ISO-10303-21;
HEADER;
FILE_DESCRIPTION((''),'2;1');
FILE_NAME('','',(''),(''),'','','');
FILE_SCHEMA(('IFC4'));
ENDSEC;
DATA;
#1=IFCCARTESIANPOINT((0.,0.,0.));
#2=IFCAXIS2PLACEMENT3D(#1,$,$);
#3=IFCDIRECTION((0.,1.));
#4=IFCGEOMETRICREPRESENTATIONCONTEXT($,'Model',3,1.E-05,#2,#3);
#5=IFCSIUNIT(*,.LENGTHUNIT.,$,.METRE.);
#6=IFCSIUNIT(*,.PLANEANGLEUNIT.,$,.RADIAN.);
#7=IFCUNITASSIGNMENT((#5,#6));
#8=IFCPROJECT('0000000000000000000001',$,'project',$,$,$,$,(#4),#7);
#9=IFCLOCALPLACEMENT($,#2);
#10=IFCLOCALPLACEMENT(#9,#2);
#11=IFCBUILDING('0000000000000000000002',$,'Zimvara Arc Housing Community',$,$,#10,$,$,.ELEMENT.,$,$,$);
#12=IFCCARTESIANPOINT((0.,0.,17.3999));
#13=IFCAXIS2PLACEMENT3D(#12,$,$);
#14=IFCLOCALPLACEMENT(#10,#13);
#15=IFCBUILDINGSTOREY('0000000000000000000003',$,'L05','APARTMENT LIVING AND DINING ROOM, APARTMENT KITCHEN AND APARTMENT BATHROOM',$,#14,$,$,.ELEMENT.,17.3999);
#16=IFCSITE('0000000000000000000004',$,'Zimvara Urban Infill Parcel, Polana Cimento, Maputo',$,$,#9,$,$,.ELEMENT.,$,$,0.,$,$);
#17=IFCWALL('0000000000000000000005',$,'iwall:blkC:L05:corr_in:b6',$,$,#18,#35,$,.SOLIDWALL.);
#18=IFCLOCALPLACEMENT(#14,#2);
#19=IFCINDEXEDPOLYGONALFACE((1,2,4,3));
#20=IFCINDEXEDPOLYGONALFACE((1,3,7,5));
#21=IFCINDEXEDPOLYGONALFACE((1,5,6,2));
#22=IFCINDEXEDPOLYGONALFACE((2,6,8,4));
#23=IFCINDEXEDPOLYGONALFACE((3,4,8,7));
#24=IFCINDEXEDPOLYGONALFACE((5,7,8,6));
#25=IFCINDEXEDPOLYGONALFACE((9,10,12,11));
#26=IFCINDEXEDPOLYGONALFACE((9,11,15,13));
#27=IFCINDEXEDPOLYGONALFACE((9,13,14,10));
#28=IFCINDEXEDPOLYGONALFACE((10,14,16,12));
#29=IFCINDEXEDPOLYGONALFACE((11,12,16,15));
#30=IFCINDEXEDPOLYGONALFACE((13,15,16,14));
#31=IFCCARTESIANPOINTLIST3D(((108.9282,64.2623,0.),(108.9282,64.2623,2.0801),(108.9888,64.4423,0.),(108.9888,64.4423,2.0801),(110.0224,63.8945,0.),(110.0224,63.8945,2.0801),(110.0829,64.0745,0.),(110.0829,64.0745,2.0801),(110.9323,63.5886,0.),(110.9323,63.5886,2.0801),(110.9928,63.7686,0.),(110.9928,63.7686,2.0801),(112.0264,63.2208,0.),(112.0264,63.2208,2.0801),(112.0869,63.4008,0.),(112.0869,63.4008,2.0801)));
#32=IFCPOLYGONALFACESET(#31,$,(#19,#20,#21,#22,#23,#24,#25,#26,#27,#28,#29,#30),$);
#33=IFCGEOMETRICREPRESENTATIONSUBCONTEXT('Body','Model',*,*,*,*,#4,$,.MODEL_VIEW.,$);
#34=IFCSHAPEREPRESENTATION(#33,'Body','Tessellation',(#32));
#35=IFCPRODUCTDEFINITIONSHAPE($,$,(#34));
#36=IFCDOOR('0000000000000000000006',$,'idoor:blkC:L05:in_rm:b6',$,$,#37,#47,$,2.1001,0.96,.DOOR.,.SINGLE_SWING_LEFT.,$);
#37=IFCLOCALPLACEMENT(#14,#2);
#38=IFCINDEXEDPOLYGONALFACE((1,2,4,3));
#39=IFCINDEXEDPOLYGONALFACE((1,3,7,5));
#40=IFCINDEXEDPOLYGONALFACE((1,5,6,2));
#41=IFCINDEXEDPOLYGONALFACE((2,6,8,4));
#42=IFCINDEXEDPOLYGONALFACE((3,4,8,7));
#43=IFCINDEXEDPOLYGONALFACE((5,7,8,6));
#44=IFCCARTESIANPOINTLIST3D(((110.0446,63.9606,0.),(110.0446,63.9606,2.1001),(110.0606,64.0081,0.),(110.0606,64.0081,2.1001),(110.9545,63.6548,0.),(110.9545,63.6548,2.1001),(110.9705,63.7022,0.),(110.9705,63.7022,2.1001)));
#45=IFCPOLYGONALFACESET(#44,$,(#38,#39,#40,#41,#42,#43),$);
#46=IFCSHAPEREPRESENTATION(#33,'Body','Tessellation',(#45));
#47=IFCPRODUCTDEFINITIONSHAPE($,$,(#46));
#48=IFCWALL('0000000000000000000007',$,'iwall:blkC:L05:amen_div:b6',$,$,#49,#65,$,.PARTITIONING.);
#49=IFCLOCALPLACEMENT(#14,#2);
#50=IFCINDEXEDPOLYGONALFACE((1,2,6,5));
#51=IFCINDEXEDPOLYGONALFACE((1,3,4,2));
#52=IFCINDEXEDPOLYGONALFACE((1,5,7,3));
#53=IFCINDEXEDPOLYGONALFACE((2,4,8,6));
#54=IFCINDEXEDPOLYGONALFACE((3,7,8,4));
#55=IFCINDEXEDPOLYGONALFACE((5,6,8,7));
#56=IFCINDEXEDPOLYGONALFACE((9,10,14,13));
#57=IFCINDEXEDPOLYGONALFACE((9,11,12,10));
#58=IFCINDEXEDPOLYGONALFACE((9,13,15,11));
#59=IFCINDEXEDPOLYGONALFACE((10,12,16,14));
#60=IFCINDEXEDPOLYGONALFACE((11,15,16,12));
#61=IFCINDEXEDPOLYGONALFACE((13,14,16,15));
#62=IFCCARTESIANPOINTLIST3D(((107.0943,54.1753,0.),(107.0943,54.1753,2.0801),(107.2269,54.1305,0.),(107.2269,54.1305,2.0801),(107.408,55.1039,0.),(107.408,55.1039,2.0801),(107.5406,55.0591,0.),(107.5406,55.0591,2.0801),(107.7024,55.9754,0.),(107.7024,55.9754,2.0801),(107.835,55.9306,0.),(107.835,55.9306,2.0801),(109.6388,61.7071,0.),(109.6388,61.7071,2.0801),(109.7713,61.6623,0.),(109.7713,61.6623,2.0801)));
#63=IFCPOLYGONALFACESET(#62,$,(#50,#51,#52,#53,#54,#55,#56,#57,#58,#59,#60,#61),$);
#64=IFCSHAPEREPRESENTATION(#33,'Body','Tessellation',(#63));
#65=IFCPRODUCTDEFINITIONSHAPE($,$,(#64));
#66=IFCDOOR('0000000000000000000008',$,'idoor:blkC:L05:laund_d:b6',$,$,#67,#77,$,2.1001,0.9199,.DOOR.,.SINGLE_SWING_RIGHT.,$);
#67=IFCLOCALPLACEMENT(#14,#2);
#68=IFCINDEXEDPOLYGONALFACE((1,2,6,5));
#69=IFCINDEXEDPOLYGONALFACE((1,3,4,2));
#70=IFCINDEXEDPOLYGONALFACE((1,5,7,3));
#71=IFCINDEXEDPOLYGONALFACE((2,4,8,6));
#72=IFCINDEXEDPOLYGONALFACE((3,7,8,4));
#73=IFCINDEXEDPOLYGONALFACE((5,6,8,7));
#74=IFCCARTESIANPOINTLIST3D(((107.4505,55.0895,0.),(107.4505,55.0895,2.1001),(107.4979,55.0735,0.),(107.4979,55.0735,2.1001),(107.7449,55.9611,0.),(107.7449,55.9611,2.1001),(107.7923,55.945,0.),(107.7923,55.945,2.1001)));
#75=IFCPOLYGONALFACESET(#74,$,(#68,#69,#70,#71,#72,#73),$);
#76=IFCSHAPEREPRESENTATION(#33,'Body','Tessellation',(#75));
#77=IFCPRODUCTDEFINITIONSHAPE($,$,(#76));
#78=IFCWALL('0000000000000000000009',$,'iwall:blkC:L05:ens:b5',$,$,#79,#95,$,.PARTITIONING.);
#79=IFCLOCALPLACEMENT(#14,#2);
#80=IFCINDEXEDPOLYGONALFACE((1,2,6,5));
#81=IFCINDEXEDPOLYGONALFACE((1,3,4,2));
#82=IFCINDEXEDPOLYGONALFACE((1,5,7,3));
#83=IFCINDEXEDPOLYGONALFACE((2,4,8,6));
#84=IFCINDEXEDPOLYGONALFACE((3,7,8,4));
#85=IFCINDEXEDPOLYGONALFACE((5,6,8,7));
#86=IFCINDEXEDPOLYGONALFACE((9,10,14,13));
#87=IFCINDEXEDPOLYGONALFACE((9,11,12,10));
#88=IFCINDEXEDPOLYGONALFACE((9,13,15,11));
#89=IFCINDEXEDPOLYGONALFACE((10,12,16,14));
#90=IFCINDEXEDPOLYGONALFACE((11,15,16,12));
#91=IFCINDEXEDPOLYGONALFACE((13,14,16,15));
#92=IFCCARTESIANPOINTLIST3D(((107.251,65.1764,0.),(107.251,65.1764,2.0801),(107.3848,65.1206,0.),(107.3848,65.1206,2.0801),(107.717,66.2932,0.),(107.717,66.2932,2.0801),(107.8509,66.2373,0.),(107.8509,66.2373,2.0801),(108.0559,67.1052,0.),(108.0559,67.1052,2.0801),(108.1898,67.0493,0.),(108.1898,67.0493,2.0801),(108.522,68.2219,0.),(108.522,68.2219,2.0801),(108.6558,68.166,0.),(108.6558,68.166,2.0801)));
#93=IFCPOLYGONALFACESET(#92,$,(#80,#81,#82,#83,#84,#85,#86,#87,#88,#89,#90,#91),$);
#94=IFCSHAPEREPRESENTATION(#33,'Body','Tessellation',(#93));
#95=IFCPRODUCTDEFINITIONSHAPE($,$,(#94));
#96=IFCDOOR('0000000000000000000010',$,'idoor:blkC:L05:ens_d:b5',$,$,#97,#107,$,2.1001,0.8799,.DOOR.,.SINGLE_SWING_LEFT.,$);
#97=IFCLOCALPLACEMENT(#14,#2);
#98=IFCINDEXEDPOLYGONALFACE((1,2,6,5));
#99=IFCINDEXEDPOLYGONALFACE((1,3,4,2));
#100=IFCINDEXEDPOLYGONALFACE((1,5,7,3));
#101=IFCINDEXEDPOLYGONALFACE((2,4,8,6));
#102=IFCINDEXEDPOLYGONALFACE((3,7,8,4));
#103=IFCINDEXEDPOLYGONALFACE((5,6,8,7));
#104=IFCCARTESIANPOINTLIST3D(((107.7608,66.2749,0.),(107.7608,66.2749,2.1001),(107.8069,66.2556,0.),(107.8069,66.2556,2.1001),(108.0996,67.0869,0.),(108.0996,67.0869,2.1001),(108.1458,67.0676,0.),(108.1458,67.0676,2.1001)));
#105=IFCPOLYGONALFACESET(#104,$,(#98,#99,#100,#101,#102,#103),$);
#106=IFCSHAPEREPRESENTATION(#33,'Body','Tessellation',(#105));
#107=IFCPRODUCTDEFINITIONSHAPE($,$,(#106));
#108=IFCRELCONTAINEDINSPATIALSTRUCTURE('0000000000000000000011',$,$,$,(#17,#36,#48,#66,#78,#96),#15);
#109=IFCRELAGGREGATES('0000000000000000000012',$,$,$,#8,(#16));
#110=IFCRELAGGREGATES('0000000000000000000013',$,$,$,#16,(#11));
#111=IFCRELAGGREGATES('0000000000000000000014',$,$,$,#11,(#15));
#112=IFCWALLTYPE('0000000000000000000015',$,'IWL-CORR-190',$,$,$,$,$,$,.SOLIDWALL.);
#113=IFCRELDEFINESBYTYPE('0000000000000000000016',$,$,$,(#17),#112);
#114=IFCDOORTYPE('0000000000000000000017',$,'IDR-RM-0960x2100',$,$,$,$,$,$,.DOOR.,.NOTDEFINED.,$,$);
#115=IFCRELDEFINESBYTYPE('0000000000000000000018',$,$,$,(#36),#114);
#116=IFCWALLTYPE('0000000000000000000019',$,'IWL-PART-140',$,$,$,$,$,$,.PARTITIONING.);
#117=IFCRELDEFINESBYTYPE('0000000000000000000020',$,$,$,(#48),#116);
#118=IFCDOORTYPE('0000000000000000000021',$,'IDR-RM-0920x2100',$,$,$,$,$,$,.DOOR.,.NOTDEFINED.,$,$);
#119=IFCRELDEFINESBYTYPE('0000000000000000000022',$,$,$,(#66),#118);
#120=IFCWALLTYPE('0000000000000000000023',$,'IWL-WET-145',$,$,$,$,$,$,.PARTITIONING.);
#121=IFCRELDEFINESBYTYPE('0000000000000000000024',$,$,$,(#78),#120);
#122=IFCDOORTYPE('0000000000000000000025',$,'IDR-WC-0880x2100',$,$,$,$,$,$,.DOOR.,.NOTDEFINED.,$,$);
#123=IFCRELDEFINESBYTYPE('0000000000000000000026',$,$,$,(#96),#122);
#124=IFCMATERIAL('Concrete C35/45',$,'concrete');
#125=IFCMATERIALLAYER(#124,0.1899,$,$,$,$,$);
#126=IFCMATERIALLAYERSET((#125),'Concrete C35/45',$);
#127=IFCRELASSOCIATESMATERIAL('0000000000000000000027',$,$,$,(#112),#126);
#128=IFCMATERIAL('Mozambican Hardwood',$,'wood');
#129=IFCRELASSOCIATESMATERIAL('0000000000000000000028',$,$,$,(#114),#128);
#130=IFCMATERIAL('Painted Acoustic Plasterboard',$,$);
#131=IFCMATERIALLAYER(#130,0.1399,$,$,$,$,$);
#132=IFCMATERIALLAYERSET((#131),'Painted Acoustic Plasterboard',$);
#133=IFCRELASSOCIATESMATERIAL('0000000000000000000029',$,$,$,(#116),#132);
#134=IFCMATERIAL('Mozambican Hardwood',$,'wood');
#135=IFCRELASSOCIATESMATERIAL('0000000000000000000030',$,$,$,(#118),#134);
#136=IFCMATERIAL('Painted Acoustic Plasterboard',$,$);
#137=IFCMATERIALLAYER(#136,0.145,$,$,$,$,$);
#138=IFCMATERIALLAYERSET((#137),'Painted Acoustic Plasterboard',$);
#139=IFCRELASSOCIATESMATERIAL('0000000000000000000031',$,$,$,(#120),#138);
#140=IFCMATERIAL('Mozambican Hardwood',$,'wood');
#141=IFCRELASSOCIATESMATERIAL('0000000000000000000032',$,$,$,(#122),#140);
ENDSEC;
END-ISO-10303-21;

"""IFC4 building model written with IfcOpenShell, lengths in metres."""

from ifc_helpers import new_model, si_unit, direction, frame, frame_2d, origin, place, context, subcontext, project, spatial, rectangle, extrude, material, layer, layer_set, type_object, element, fill, save


model = new_model("IFC4")

# Units and contexts
model_context = context("Model", 3, precision=1e-05, world=origin(), true_north=direction((0.0, 1.0)))
body_context = subcontext(model_context, "Body", "Model", "MODEL_VIEW")
ifc_project = project(units=[si_unit("LENGTHUNIT", "METRE"), si_unit("PLANEANGLEUNIT", "RADIAN")], contexts=[model_context])

# Site, building, storey
site_placement = place(None, origin())
site = spatial("IfcSite", under=ifc_project, at=site_placement, Name="Zimvara Urban Infill Parcel, Polana Cimento, Maputo", CompositionType="ELEMENT", RefElevation=0.0)
building_placement = place(site_placement, origin())
building = spatial("IfcBuilding", under=site, at=building_placement, Name="Zimvara Arc Housing Community", CompositionType="ELEMENT")
storey_placement = place(building_placement, frame((0.0, 0.0, 17.3999)))
storey = spatial("IfcBuildingStorey", under=building, at=storey_placement, Name="L05", Description="APARTMENT LIVING AND DINING ROOM, APARTMENT KITCHEN AND APARTMENT BATHROOM", CompositionType="ELEMENT", Elevation=17.3999)

# Walls, openings, doors
ifc_material_1 = material(Name="Concrete C35/45", Category="concrete")
ifc_layer_1 = layer(ifc_material_1, 0.1899)
ifc_layer_set_1 = layer_set([ifc_layer_1], Name="Concrete C35/45")
wall_type_1 = type_object("IfcWallType", Name="IWL-CORR-190", PredefinedType="SOLIDWALL", material=ifc_layer_set_1)
wall_1_placement = place(storey_placement, frame((108.9585, 64.3523, 0.0), z_axis=(0.0, 0.0, 1.0), x_axis=(0.947874, -0.318647, 0.0)))
wall_1 = element("IfcWall", 1, at=wall_1_placement, inside=storey, type_object=wall_type_1, Name="iwall:blkC:L05:corr_in:b6", PredefinedType="SOLIDWALL", context=body_context, shape_type="SweptSolid", body=[
    extrude(rectangle(XDim=3.2686, YDim=0.1899, at=frame_2d((1.6343, 0.0))), origin(), (0.0, 0.0, 1.0), 2.0801),
])
opening_1_placement = place(wall_1_placement, frame((1.1543, 0.0, 0.0)))
opening_1 = element("IfcOpeningElement", 2, at=opening_1_placement, cuts=wall_1, PredefinedType="OPENING", context=body_context, shape_type="SweptSolid", body=[
    extrude(rectangle(XDim=0.96, YDim=2.1001, at=frame_2d((0.48, 1.05))), frame((0.0, 0.105, 0.0), z_axis=(0.0, -1.0, 0.0), x_axis=(1.0, 0.0, 0.0)), (0.0, 0.0, 1.0), 0.21),
])
ifc_material_2 = material(Name="Mozambican Hardwood", Category="wood")
door_type_1 = type_object("IfcDoorType", Name="IDR-RM-0960x2100", OperationType="NOTDEFINED", PredefinedType="DOOR", material=ifc_material_2)
door_1_placement = place(opening_1_placement, origin())
door_1 = element("IfcDoor", 3, at=door_1_placement, inside=storey, type_object=door_type_1, Name="idoor:blkC:L05:in_rm:b6", OperationType="SINGLE_SWING_LEFT", OverallHeight=2.1001, OverallWidth=0.96, PredefinedType="DOOR", context=body_context, shape_type="SweptSolid", body=[
    extrude(rectangle(XDim=0.96, YDim=2.1001, at=frame_2d((0.48, 1.05))), frame((0.0, 0.0249, 0.0), z_axis=(0.0, -1.0, 0.0), x_axis=(1.0, 0.0, 0.0)), (0.0, 0.0, 1.0), 0.05),
])
fill(opening_1, door_1)
ifc_material_3 = material(Name="Painted Acoustic Plasterboard")
ifc_layer_2 = layer(ifc_material_3, 0.1399)
ifc_layer_set_2 = layer_set([ifc_layer_2], Name="Painted Acoustic Plasterboard")
wall_type_2 = type_object("IfcWallType", Name="IWL-PART-140", PredefinedType="PARTITIONING", material=ifc_layer_set_2)
wall_2_placement = place(storey_placement, frame((109.7051, 61.6848, 0.0), z_axis=(0.0, 0.0, 1.0), x_axis=(-0.320058, -0.947398, 0.0)))
wall_2 = element("IfcWall", 4, at=wall_2_placement, inside=storey, type_object=wall_type_2, Name="iwall:blkC:L05:amen_div:b6", PredefinedType="PARTITIONING", context=body_context, shape_type="SweptSolid", body=[
    extrude(rectangle(XDim=7.95, YDim=0.1399, at=frame_2d((3.9751, 0.0))), origin(), (0.0, 0.0, 1.0), 2.0801),
])
opening_2_placement = place(wall_2_placement, frame((6.05, 0.0, 0.0)))
opening_2 = element("IfcOpeningElement", 5, at=opening_2_placement, cuts=wall_2, PredefinedType="OPENING", context=body_context, shape_type="SweptSolid", body=[
    extrude(rectangle(XDim=0.9199, YDim=2.1001, at=frame_2d((0.46, 1.05))), frame((0.0, 0.0798, 0.0), z_axis=(0.0, -1.0, 0.0), x_axis=(1.0, 0.0, 0.0)), (0.0, 0.0, 1.0), 0.1599),
])
ifc_material_4 = material(Name="Mozambican Hardwood", Category="wood")
door_type_2 = type_object("IfcDoorType", Name="IDR-RM-0920x2100", OperationType="NOTDEFINED", PredefinedType="DOOR", material=ifc_material_4)
door_2_placement = place(opening_2_placement, origin())
door_2 = element("IfcDoor", 6, at=door_2_placement, inside=storey, type_object=door_type_2, Name="idoor:blkC:L05:laund_d:b6", OperationType="SINGLE_SWING_RIGHT", OverallHeight=2.1001, OverallWidth=0.9199, PredefinedType="DOOR", context=body_context, shape_type="SweptSolid", body=[
    extrude(rectangle(XDim=0.9199, YDim=2.1001, at=frame_2d((0.46, 1.05))), frame((0.0, 0.0249, 0.0), z_axis=(0.0, -1.0, 0.0), x_axis=(1.0, 0.0, 0.0)), (0.0, 0.0, 1.0), 0.05),
])
fill(opening_2, door_2)
ifc_material_5 = material(Name="Painted Acoustic Plasterboard")
ifc_layer_3 = layer(ifc_material_5, 0.145)
ifc_layer_set_3 = layer_set([ifc_layer_3], Name="Painted Acoustic Plasterboard")
wall_type_3 = type_object("IfcWallType", Name="IWL-WET-145", PredefinedType="PARTITIONING", material=ifc_layer_set_3)
wall_3_placement = place(storey_placement, frame((108.5889, 68.1938, 0.0), z_axis=(0.0, 0.0, 1.0), x_axis=(-0.385151, -0.922854, 0.0)))
wall_3 = element("IfcWall", 7, at=wall_3_placement, inside=storey, type_object=wall_type_3, Name="iwall:blkC:L05:ens:b5", PredefinedType="PARTITIONING", context=body_context, shape_type="SweptSolid", body=[
    extrude(rectangle(XDim=3.3, YDim=0.145, at=frame_2d((1.6499, 0.0))), origin(), (0.0, 0.0, 1.0), 2.0801),
])
opening_3_placement = place(wall_3_placement, frame((1.21, 0.0, 0.0)))
opening_3 = element("IfcOpeningElement", 8, at=opening_3_placement, cuts=wall_3, PredefinedType="OPENING", context=body_context, shape_type="SweptSolid", body=[
    extrude(rectangle(XDim=0.8799, YDim=2.1001, at=frame_2d((0.4399, 1.05))), frame((0.0, 0.0825, 0.0), z_axis=(0.0, -1.0, 0.0), x_axis=(1.0, 0.0, 0.0)), (0.0, 0.0, 1.0), 0.165),
])
ifc_material_6 = material(Name="Mozambican Hardwood", Category="wood")
door_type_3 = type_object("IfcDoorType", Name="IDR-WC-0880x2100", OperationType="NOTDEFINED", PredefinedType="DOOR", material=ifc_material_6)
door_3_placement = place(opening_3_placement, origin())
door_3 = element("IfcDoor", 9, at=door_3_placement, inside=storey, type_object=door_type_3, Name="idoor:blkC:L05:ens_d:b5", OperationType="SINGLE_SWING_LEFT", OverallHeight=2.1001, OverallWidth=0.8799, PredefinedType="DOOR", context=body_context, shape_type="SweptSolid", body=[
    extrude(rectangle(XDim=0.8799, YDim=2.1001, at=frame_2d((0.4399, 1.05))), frame((0.0, 0.0249, 0.0), z_axis=(0.0, -1.0, 0.0), x_axis=(1.0, 0.0, 0.0)), (0.0, 0.0, 1.0), 0.05),
])
fill(opening_3, door_3)

save(model, "model.ifc")
